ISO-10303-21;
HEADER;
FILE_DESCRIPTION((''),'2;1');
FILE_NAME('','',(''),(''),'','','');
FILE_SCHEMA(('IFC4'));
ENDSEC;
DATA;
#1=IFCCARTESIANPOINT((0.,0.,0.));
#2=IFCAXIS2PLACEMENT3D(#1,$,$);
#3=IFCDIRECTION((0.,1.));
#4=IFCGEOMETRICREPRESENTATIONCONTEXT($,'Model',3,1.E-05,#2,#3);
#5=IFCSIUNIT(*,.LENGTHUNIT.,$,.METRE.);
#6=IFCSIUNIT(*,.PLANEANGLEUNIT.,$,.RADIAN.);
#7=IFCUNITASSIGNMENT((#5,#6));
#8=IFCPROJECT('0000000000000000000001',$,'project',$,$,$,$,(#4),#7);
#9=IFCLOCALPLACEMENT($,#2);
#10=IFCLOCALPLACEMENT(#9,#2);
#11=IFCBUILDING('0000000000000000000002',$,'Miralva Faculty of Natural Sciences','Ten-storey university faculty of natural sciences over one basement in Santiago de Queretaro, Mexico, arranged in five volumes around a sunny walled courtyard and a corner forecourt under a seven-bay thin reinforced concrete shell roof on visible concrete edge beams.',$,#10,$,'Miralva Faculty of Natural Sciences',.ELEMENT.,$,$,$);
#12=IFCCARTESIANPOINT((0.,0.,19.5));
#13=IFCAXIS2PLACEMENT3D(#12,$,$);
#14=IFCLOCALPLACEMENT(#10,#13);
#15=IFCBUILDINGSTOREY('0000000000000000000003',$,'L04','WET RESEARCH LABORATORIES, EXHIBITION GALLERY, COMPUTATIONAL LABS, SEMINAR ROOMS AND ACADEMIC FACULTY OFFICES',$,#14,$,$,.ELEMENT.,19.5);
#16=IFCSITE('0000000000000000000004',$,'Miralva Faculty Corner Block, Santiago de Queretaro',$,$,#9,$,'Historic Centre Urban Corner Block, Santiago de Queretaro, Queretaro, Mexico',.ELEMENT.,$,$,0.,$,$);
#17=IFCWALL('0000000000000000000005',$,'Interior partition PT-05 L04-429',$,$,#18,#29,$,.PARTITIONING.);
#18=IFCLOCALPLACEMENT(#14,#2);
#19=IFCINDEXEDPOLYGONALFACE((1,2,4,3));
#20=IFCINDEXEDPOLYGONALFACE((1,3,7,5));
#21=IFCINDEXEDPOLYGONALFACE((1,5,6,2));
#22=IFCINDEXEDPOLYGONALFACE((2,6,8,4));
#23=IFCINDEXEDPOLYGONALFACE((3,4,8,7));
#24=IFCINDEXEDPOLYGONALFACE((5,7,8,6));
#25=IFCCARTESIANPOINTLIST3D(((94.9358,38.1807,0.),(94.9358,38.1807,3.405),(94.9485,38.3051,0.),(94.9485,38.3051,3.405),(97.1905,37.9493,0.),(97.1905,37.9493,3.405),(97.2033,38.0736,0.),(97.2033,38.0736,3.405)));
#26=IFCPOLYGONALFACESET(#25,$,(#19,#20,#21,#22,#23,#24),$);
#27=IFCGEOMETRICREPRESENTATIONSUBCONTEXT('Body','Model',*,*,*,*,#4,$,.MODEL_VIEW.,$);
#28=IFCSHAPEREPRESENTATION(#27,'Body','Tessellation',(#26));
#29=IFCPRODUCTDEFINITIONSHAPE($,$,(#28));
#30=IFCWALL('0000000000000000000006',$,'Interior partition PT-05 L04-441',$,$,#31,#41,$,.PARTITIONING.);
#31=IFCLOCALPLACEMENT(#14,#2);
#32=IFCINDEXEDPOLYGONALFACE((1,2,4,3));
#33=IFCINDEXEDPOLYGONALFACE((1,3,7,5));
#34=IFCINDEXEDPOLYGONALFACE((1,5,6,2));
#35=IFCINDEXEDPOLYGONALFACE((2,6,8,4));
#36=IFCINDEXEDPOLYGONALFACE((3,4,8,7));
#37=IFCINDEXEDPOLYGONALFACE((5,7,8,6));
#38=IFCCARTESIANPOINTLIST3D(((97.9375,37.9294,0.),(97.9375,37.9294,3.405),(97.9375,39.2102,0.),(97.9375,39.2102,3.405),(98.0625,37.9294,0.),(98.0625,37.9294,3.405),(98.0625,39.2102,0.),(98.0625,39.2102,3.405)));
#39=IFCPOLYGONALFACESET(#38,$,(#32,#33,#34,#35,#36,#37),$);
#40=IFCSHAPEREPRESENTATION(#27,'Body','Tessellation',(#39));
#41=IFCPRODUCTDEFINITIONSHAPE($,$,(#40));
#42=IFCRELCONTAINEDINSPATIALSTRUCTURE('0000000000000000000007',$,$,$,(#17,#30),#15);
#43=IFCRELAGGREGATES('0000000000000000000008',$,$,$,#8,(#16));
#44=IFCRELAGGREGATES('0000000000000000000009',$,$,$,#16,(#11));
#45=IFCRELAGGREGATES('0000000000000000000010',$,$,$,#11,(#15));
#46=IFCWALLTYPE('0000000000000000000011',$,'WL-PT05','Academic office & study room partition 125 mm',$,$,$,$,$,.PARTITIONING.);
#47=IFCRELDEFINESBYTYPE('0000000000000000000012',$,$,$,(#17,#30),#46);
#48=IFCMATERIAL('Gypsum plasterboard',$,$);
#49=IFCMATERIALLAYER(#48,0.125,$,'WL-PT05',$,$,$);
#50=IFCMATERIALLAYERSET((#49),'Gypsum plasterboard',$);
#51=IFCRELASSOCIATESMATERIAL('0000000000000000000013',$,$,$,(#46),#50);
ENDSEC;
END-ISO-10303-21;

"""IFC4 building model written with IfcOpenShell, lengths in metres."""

from ifc_helpers import new_model, si_unit, direction, frame, frame_2d, origin, place, context, subcontext, project, spatial, rectangle, extrude, material, layer, layer_set, type_object, element, save


model = new_model("IFC4")

# Units and contexts
model_context = context("Model", 3, precision=1e-05, world=origin(), true_north=direction((0.0, 1.0)))
body_context = subcontext(model_context, "Body", "Model", "MODEL_VIEW")
ifc_project = project(units=[si_unit("LENGTHUNIT", "METRE"), si_unit("PLANEANGLEUNIT", "RADIAN")], contexts=[model_context])

# Site, building, storey
site_placement = place(None, origin())
site = spatial("IfcSite", under=ifc_project, at=site_placement, Name="Miralva Faculty Corner Block, Santiago de Queretaro", LongName="Historic Centre Urban Corner Block, Santiago de Queretaro, Queretaro, Mexico", CompositionType="ELEMENT", RefElevation=0.0)
building_placement = place(site_placement, origin())
building = spatial("IfcBuilding", under=site, at=building_placement, Name="Miralva Faculty of Natural Sciences", Description="Ten-storey university faculty of natural sciences over one basement in Santiago de Queretaro, Mexico, arranged in five volumes around a sunny walled courtyard and a corner forecourt under a seven-bay thin reinforced concrete shell roof on visible concrete edge beams.", LongName="Miralva Faculty of Natural Sciences", CompositionType="ELEMENT")
storey_placement = place(building_placement, frame((0.0, 0.0, 19.5)))
storey = spatial("IfcBuildingStorey", under=building, at=storey_placement, Name="L04", Description="WET RESEARCH LABORATORIES, EXHIBITION GALLERY, COMPUTATIONAL LABS, SEMINAR ROOMS AND ACADEMIC FACULTY OFFICES", CompositionType="ELEMENT", Elevation=19.5)

# Walls
ifc_material_1 = material(Name="Gypsum plasterboard")
ifc_layer_1 = layer(ifc_material_1, 0.125, Name="WL-PT05")
ifc_layer_set_1 = layer_set([ifc_layer_1], Name="Gypsum plasterboard")
wall_type = type_object("IfcWallType", Name="WL-PT05", Description="Academic office & study room partition 125 mm", PredefinedType="PARTITIONING", material=ifc_layer_set_1)
wall_1_placement = place(storey_placement, frame((94.9421, 38.2429, 0.0), z_axis=(0.0, 0.0, 1.0), x_axis=(0.994772, -0.102116, 0.0)))
element("IfcWall", 1, at=wall_1_placement, inside=storey, type_object=wall_type, Name="Interior partition PT-05 L04-429", PredefinedType="PARTITIONING", context=body_context, shape_type="SweptSolid", body=[
    extrude(rectangle(XDim=2.2666, YDim=0.125, at=frame_2d((1.1333, 0.0))), origin(), (0.0, 0.0, 1.0), 3.405),
])
wall_2_placement = place(storey_placement, frame((98.0, 37.9294, 0.0), z_axis=(0.0, 0.0, 1.0), x_axis=(0.0, 1.0, 0.0)))
element("IfcWall", 2, at=wall_2_placement, inside=storey, type_object=wall_type, Name="Interior partition PT-05 L04-441", PredefinedType="PARTITIONING", context=body_context, shape_type="SweptSolid", body=[
    extrude(rectangle(XDim=1.2808, YDim=0.125, at=frame_2d((0.6404, 0.0))), origin(), (0.0, 0.0, 1.0), 3.405),
])

save(model, "model.ifc")
